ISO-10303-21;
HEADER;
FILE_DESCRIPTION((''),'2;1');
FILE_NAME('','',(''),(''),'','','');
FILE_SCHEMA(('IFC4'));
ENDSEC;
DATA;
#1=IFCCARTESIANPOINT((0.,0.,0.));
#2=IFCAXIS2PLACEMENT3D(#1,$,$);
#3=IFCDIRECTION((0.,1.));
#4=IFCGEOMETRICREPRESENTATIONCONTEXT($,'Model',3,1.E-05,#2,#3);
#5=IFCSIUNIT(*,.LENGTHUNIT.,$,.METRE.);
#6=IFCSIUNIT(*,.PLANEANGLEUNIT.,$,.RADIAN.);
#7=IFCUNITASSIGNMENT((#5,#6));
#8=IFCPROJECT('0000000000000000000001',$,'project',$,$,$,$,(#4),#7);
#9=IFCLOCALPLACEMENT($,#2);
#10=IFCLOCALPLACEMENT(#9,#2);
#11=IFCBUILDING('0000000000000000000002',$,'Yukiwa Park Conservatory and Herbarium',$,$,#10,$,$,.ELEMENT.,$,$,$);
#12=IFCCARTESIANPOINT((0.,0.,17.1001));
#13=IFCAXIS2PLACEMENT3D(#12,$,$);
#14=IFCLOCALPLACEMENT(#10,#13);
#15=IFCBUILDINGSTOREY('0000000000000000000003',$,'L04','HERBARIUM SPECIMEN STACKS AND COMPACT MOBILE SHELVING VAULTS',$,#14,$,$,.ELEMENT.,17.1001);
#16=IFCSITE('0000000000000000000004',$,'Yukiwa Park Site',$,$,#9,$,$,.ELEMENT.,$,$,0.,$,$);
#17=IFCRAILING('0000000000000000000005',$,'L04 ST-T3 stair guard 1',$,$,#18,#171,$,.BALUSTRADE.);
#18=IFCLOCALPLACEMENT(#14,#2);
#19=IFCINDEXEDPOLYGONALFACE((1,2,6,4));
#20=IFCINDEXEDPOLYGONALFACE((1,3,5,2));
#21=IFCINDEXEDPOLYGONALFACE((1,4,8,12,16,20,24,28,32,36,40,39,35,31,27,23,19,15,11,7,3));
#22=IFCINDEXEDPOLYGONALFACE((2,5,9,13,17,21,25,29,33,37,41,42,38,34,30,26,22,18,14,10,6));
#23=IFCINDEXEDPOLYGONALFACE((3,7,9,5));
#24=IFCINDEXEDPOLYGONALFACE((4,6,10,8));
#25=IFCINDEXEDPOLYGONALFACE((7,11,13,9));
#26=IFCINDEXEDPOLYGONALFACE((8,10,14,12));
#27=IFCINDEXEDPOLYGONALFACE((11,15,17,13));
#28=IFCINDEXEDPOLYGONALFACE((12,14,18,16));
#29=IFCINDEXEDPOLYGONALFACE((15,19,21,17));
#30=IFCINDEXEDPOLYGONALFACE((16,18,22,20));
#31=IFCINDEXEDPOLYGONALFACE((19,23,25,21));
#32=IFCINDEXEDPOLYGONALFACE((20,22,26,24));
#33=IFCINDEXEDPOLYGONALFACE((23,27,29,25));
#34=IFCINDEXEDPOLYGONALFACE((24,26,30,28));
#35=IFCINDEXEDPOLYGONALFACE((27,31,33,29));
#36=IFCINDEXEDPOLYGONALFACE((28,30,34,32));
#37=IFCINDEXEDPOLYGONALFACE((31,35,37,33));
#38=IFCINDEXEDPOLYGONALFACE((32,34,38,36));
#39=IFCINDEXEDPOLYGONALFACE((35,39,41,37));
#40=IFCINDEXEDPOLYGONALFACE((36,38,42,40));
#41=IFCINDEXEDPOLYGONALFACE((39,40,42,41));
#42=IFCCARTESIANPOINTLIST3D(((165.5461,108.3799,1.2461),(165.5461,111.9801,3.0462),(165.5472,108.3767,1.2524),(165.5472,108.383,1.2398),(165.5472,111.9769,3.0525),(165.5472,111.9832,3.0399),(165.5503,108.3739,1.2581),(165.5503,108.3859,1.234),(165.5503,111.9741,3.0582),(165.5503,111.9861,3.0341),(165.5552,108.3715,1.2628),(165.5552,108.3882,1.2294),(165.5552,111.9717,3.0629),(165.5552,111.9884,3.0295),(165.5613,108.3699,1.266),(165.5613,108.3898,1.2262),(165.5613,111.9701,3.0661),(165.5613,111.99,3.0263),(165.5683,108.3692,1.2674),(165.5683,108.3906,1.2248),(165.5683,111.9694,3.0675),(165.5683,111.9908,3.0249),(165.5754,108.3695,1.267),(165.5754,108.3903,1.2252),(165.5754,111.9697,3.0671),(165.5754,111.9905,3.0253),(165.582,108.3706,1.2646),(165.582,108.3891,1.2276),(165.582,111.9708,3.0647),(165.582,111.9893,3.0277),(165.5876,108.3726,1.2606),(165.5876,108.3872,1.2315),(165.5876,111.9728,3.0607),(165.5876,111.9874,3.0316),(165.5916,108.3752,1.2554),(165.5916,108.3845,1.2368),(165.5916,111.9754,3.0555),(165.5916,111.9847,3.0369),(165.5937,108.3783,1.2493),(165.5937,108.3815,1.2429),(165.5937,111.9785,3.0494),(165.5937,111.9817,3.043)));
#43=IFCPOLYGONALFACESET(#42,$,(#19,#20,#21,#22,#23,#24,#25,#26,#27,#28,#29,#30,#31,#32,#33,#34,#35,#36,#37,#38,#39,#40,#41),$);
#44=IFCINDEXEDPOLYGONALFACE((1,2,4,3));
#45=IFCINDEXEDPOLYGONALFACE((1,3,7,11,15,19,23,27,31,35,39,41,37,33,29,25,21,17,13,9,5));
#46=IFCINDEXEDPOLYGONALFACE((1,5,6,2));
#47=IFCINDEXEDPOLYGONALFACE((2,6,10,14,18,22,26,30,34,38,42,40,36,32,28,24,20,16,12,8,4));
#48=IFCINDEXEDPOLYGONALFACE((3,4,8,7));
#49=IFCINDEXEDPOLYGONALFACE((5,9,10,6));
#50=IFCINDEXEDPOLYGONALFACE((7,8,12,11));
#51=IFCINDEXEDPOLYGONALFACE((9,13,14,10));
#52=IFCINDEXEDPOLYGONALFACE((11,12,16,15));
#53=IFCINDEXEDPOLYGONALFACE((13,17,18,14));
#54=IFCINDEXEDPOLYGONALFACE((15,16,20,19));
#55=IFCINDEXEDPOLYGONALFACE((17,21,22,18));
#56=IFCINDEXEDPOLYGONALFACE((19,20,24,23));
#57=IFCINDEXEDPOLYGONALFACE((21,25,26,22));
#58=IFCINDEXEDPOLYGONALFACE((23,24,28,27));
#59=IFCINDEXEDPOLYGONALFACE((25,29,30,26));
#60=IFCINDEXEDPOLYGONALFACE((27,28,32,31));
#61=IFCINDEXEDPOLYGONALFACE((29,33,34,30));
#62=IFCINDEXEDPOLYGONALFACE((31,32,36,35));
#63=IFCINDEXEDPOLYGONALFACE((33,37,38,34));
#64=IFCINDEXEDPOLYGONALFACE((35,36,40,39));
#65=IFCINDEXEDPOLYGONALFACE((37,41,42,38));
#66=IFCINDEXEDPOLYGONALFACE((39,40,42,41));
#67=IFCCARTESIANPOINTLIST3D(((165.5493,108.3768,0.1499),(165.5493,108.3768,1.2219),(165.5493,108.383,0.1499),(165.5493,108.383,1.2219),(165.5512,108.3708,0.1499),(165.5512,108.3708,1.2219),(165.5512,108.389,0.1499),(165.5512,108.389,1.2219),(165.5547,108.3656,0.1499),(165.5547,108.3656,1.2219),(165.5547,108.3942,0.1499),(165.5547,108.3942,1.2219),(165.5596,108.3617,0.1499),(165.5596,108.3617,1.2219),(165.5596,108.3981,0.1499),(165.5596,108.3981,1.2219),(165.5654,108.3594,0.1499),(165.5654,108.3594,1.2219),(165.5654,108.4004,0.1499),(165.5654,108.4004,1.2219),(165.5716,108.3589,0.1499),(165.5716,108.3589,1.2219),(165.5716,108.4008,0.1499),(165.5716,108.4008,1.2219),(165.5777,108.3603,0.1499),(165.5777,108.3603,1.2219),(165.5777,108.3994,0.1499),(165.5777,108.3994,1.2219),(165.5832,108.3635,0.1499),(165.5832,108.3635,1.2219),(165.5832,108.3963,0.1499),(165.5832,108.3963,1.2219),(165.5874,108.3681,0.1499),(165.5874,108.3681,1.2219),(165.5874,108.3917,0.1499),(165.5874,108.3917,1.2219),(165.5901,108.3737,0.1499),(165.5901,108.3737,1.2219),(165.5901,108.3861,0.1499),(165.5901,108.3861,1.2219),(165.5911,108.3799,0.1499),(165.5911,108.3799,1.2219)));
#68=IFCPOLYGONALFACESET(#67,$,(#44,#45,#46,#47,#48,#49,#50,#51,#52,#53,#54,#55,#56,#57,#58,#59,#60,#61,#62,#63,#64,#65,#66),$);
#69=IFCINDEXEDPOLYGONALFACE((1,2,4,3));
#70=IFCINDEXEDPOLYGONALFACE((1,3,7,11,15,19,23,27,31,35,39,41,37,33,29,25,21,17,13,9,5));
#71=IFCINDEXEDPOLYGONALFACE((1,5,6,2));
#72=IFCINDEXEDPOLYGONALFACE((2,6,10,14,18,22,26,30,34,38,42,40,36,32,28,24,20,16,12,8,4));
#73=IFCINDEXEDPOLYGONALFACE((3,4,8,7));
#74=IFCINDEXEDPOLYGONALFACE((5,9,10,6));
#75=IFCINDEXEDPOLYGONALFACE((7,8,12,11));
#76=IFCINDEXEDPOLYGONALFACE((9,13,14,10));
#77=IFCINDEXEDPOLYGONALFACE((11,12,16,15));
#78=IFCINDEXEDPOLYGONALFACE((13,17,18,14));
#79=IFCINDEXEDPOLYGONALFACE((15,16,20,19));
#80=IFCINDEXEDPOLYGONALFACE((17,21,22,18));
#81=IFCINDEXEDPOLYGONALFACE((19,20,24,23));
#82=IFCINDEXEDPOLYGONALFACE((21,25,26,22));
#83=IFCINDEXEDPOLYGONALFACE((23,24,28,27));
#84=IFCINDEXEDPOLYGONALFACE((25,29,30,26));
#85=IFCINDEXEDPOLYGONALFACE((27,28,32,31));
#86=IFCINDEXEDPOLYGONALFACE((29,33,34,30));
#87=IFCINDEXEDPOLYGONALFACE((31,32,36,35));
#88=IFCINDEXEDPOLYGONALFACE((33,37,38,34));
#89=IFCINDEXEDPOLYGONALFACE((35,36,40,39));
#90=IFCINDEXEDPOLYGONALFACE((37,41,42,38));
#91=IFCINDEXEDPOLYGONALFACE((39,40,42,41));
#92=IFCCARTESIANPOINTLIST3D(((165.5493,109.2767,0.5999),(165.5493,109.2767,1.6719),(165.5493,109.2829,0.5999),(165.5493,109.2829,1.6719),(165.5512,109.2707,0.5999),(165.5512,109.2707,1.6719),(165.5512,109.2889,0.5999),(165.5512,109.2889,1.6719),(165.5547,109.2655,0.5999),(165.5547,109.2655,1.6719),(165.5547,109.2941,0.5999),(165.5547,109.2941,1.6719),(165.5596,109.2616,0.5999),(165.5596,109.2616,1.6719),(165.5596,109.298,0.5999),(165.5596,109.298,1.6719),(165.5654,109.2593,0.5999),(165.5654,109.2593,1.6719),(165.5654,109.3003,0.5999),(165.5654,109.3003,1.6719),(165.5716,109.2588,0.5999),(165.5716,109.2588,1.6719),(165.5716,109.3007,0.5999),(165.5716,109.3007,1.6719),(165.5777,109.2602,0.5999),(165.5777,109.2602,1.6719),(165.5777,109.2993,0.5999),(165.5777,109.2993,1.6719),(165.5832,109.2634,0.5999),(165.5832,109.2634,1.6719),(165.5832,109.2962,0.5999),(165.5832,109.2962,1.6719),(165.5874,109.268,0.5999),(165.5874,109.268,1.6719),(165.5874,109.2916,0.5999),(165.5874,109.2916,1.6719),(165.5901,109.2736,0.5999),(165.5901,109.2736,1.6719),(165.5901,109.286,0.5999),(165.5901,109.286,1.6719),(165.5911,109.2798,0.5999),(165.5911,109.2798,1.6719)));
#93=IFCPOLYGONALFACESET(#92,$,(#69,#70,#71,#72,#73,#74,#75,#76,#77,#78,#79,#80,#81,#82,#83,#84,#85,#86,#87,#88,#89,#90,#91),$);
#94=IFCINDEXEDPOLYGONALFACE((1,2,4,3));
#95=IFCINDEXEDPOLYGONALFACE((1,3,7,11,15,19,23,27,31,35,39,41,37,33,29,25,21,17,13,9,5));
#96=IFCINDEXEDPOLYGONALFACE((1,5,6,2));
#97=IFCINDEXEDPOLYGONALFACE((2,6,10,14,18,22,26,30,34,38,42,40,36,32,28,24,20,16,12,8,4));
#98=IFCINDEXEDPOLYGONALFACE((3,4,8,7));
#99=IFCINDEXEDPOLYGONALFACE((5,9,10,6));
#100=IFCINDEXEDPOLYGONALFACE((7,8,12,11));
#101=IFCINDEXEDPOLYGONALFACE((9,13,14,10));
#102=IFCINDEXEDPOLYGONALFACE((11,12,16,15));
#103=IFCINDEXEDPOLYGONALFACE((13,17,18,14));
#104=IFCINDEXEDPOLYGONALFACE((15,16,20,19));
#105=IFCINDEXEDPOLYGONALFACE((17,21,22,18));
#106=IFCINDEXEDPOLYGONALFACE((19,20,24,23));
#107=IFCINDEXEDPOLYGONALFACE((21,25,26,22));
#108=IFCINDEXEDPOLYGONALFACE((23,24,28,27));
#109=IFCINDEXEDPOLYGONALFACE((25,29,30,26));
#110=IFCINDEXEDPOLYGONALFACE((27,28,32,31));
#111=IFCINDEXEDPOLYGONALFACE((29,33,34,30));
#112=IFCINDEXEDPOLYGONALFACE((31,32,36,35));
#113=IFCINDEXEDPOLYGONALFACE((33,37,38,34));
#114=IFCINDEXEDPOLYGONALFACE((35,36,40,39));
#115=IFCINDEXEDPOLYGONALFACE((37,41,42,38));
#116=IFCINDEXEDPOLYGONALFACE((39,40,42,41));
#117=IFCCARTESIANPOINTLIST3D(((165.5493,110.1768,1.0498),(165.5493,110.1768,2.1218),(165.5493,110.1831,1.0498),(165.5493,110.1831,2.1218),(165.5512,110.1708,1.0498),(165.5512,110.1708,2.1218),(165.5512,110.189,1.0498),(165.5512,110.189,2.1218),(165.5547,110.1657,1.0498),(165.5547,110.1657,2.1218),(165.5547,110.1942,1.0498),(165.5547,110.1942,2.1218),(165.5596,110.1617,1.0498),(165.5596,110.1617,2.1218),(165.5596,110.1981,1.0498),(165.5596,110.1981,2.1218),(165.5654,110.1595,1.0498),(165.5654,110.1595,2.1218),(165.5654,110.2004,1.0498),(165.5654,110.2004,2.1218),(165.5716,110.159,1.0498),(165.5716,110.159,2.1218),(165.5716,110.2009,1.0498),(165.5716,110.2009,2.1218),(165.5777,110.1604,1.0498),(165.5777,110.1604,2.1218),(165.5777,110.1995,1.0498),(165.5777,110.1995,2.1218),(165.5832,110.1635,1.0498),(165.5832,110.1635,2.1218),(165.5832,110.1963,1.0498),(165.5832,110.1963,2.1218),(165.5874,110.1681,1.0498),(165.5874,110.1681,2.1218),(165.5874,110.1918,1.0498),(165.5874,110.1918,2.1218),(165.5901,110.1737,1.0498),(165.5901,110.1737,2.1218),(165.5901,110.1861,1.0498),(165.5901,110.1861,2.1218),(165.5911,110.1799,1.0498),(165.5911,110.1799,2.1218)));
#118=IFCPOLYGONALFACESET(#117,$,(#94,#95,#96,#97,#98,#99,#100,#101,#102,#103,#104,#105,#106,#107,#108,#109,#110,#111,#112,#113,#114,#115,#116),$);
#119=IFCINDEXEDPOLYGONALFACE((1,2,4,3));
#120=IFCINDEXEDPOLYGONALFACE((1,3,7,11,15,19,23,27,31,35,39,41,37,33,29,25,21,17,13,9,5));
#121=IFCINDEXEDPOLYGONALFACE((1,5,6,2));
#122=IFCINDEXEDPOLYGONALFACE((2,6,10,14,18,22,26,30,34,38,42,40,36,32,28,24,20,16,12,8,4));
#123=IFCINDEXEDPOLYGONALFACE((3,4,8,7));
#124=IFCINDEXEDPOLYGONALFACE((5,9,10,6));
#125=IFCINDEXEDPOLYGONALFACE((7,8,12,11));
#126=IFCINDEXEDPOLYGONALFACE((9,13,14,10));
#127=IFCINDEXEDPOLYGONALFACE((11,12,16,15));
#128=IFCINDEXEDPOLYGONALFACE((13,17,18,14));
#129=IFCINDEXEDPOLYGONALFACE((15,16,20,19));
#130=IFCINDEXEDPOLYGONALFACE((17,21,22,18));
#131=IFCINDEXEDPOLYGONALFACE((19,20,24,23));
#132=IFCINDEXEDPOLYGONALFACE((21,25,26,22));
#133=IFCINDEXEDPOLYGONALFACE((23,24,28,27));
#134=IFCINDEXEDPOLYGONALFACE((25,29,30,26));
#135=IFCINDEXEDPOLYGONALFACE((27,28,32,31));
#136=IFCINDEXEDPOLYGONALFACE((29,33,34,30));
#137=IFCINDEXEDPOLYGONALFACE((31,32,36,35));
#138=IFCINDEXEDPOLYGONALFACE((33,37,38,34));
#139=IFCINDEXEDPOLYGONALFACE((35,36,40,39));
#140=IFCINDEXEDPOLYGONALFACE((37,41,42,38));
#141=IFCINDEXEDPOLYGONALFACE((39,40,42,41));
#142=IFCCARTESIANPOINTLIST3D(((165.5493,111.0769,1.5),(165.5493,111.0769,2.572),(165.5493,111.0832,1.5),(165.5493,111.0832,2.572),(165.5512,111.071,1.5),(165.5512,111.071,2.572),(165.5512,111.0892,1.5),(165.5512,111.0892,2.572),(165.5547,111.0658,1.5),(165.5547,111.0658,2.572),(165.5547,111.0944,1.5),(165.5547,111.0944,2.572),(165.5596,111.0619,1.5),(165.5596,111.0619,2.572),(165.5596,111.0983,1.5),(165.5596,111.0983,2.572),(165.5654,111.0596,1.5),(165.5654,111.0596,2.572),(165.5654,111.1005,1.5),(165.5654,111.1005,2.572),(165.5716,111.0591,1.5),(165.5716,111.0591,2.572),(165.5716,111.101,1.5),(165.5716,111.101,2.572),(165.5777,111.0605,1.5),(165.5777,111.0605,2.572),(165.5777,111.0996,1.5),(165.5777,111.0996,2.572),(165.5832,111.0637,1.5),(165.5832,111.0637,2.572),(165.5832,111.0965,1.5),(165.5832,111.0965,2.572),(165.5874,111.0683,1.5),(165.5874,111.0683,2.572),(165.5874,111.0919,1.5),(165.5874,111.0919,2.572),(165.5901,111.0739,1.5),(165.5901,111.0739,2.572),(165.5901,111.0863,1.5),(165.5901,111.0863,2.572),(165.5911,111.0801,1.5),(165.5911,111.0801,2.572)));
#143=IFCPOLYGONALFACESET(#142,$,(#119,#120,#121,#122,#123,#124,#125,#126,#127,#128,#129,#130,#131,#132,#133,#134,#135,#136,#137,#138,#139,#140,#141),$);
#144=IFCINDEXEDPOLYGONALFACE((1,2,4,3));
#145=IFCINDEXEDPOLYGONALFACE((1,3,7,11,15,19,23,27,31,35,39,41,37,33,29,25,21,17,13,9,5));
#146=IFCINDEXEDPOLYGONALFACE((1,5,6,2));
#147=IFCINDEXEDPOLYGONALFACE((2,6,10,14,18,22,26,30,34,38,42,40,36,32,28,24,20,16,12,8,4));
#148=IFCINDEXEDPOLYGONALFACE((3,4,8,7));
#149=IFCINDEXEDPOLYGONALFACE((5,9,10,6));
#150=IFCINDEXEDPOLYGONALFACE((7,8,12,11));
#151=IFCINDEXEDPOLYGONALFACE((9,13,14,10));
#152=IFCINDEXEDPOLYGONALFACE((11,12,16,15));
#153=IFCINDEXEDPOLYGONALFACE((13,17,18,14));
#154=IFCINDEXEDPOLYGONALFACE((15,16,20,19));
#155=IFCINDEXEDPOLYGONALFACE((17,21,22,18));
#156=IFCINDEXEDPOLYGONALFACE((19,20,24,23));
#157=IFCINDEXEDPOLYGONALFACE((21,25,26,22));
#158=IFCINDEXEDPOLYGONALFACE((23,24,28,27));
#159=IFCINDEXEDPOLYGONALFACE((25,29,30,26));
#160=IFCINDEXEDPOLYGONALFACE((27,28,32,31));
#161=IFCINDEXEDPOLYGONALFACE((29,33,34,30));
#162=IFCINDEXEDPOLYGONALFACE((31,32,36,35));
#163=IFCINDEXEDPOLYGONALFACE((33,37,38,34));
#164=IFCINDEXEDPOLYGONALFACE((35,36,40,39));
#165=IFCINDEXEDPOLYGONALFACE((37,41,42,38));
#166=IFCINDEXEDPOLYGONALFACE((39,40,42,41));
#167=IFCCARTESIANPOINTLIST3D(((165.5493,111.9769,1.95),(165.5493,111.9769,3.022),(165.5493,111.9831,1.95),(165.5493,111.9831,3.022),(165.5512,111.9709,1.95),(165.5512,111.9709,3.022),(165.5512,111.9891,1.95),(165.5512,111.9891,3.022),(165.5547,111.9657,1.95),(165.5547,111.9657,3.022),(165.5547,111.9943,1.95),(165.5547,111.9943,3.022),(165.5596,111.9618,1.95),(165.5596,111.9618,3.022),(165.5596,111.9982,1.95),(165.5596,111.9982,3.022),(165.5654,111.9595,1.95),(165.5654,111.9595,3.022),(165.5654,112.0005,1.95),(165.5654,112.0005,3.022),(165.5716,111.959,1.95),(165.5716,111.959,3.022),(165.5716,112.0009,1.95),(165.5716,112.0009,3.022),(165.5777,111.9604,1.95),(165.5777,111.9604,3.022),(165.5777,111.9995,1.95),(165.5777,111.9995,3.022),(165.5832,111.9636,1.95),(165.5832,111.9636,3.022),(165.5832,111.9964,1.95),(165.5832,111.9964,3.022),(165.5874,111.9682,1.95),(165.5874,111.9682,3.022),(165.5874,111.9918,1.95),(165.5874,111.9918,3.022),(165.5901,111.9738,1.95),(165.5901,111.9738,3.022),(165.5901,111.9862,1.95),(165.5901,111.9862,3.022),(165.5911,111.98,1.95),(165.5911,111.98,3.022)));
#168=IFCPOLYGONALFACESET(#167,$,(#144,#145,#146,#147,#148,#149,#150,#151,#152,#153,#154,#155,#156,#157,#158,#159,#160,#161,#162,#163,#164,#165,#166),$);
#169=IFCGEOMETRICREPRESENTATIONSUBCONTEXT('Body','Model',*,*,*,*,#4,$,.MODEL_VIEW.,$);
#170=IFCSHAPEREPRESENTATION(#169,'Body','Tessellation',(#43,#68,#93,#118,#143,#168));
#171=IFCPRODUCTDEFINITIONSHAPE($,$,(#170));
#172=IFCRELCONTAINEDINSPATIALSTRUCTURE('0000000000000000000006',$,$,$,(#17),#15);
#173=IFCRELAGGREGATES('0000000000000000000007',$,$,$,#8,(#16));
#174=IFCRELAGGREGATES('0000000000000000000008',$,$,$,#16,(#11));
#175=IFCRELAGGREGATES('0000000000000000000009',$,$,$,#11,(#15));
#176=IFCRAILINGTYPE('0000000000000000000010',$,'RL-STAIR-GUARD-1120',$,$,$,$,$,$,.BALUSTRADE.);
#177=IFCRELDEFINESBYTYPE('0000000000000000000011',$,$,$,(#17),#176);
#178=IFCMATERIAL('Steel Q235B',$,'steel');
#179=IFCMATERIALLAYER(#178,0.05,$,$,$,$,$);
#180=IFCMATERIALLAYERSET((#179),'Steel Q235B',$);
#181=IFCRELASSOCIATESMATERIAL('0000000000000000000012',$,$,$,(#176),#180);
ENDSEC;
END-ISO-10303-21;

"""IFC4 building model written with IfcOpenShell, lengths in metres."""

from ifc_helpers import new_model, si_unit, direction, frame, origin, origin_2d, place, context, subcontext, project, spatial, circle, extrude, material, layer, layer_set, type_object, element, save


model = new_model("IFC4")

# Units and contexts
model_context = context("Model", 3, precision=1e-05, world=origin(), true_north=direction((0.0, 1.0)))
body_context = subcontext(model_context, "Body", "Model", "MODEL_VIEW")
ifc_project = project(units=[si_unit("LENGTHUNIT", "METRE"), si_unit("PLANEANGLEUNIT", "RADIAN")], contexts=[model_context])

# Site, building, storey
site_placement = place(None, origin())
site = spatial("IfcSite", under=ifc_project, at=site_placement, Name="Yukiwa Park Site", CompositionType="ELEMENT", RefElevation=0.0)
building_placement = place(site_placement, origin())
building = spatial("IfcBuilding", under=site, at=building_placement, Name="Yukiwa Park Conservatory and Herbarium", CompositionType="ELEMENT")
storey_placement = place(building_placement, frame((0.0, 0.0, 17.1001)))
storey = spatial("IfcBuildingStorey", under=building, at=storey_placement, Name="L04", Description="HERBARIUM SPECIMEN STACKS AND COMPACT MOBILE SHELVING VAULTS", CompositionType="ELEMENT", Elevation=17.1001)

# Railing
ifc_material_1 = material(Name="Steel Q235B", Category="steel")
ifc_layer_1 = layer(ifc_material_1, 0.05)
ifc_layer_set_1 = layer_set([ifc_layer_1], Name="Steel Q235B")
railing_type_1 = type_object("IfcRailingType", Name="RL-STAIR-GUARD-1120", PredefinedType="BALUSTRADE", material=ifc_layer_set_1)
railing_1_placement = place(storey_placement, frame((165.5701, 108.3799, 0.1499)))
element("IfcRailing", 1, at=railing_1_placement, inside=storey, type_object=railing_type_1, Name="L04 ST-T3 stair guard 1", PredefinedType="BALUSTRADE", context=body_context, shape_type="SweptSolid", body=[
    extrude(circle(Radius=0.0239, at=origin_2d()), frame((0.0, 0.0, 1.0962), z_axis=(0.0, 0.894427, 0.447214), x_axis=(-1.0, 0.0, 0.0)), (0.0, 0.0, 1.0), 4.0251),
    extrude(circle(Radius=0.021, at=origin_2d()), origin(), (0.0, 0.0, 1.0), 1.072),
    extrude(circle(Radius=0.021, at=origin_2d()), frame((0.0, 0.8999, 0.45)), (0.0, 0.0, 1.0), 1.072),
    extrude(circle(Radius=0.021, at=origin_2d()), frame((0.0, 1.8, 0.8999)), (0.0, 0.0, 1.0), 1.072),
    extrude(circle(Radius=0.021, at=origin_2d()), frame((0.0, 2.7002, 1.3501)), (0.0, 0.0, 1.0), 1.072),
    extrude(circle(Radius=0.021, at=origin_2d()), frame((0.0, 3.6001, 1.8)), (0.0, 0.0, 1.0), 1.072),
])

save(model, "model.ifc")
